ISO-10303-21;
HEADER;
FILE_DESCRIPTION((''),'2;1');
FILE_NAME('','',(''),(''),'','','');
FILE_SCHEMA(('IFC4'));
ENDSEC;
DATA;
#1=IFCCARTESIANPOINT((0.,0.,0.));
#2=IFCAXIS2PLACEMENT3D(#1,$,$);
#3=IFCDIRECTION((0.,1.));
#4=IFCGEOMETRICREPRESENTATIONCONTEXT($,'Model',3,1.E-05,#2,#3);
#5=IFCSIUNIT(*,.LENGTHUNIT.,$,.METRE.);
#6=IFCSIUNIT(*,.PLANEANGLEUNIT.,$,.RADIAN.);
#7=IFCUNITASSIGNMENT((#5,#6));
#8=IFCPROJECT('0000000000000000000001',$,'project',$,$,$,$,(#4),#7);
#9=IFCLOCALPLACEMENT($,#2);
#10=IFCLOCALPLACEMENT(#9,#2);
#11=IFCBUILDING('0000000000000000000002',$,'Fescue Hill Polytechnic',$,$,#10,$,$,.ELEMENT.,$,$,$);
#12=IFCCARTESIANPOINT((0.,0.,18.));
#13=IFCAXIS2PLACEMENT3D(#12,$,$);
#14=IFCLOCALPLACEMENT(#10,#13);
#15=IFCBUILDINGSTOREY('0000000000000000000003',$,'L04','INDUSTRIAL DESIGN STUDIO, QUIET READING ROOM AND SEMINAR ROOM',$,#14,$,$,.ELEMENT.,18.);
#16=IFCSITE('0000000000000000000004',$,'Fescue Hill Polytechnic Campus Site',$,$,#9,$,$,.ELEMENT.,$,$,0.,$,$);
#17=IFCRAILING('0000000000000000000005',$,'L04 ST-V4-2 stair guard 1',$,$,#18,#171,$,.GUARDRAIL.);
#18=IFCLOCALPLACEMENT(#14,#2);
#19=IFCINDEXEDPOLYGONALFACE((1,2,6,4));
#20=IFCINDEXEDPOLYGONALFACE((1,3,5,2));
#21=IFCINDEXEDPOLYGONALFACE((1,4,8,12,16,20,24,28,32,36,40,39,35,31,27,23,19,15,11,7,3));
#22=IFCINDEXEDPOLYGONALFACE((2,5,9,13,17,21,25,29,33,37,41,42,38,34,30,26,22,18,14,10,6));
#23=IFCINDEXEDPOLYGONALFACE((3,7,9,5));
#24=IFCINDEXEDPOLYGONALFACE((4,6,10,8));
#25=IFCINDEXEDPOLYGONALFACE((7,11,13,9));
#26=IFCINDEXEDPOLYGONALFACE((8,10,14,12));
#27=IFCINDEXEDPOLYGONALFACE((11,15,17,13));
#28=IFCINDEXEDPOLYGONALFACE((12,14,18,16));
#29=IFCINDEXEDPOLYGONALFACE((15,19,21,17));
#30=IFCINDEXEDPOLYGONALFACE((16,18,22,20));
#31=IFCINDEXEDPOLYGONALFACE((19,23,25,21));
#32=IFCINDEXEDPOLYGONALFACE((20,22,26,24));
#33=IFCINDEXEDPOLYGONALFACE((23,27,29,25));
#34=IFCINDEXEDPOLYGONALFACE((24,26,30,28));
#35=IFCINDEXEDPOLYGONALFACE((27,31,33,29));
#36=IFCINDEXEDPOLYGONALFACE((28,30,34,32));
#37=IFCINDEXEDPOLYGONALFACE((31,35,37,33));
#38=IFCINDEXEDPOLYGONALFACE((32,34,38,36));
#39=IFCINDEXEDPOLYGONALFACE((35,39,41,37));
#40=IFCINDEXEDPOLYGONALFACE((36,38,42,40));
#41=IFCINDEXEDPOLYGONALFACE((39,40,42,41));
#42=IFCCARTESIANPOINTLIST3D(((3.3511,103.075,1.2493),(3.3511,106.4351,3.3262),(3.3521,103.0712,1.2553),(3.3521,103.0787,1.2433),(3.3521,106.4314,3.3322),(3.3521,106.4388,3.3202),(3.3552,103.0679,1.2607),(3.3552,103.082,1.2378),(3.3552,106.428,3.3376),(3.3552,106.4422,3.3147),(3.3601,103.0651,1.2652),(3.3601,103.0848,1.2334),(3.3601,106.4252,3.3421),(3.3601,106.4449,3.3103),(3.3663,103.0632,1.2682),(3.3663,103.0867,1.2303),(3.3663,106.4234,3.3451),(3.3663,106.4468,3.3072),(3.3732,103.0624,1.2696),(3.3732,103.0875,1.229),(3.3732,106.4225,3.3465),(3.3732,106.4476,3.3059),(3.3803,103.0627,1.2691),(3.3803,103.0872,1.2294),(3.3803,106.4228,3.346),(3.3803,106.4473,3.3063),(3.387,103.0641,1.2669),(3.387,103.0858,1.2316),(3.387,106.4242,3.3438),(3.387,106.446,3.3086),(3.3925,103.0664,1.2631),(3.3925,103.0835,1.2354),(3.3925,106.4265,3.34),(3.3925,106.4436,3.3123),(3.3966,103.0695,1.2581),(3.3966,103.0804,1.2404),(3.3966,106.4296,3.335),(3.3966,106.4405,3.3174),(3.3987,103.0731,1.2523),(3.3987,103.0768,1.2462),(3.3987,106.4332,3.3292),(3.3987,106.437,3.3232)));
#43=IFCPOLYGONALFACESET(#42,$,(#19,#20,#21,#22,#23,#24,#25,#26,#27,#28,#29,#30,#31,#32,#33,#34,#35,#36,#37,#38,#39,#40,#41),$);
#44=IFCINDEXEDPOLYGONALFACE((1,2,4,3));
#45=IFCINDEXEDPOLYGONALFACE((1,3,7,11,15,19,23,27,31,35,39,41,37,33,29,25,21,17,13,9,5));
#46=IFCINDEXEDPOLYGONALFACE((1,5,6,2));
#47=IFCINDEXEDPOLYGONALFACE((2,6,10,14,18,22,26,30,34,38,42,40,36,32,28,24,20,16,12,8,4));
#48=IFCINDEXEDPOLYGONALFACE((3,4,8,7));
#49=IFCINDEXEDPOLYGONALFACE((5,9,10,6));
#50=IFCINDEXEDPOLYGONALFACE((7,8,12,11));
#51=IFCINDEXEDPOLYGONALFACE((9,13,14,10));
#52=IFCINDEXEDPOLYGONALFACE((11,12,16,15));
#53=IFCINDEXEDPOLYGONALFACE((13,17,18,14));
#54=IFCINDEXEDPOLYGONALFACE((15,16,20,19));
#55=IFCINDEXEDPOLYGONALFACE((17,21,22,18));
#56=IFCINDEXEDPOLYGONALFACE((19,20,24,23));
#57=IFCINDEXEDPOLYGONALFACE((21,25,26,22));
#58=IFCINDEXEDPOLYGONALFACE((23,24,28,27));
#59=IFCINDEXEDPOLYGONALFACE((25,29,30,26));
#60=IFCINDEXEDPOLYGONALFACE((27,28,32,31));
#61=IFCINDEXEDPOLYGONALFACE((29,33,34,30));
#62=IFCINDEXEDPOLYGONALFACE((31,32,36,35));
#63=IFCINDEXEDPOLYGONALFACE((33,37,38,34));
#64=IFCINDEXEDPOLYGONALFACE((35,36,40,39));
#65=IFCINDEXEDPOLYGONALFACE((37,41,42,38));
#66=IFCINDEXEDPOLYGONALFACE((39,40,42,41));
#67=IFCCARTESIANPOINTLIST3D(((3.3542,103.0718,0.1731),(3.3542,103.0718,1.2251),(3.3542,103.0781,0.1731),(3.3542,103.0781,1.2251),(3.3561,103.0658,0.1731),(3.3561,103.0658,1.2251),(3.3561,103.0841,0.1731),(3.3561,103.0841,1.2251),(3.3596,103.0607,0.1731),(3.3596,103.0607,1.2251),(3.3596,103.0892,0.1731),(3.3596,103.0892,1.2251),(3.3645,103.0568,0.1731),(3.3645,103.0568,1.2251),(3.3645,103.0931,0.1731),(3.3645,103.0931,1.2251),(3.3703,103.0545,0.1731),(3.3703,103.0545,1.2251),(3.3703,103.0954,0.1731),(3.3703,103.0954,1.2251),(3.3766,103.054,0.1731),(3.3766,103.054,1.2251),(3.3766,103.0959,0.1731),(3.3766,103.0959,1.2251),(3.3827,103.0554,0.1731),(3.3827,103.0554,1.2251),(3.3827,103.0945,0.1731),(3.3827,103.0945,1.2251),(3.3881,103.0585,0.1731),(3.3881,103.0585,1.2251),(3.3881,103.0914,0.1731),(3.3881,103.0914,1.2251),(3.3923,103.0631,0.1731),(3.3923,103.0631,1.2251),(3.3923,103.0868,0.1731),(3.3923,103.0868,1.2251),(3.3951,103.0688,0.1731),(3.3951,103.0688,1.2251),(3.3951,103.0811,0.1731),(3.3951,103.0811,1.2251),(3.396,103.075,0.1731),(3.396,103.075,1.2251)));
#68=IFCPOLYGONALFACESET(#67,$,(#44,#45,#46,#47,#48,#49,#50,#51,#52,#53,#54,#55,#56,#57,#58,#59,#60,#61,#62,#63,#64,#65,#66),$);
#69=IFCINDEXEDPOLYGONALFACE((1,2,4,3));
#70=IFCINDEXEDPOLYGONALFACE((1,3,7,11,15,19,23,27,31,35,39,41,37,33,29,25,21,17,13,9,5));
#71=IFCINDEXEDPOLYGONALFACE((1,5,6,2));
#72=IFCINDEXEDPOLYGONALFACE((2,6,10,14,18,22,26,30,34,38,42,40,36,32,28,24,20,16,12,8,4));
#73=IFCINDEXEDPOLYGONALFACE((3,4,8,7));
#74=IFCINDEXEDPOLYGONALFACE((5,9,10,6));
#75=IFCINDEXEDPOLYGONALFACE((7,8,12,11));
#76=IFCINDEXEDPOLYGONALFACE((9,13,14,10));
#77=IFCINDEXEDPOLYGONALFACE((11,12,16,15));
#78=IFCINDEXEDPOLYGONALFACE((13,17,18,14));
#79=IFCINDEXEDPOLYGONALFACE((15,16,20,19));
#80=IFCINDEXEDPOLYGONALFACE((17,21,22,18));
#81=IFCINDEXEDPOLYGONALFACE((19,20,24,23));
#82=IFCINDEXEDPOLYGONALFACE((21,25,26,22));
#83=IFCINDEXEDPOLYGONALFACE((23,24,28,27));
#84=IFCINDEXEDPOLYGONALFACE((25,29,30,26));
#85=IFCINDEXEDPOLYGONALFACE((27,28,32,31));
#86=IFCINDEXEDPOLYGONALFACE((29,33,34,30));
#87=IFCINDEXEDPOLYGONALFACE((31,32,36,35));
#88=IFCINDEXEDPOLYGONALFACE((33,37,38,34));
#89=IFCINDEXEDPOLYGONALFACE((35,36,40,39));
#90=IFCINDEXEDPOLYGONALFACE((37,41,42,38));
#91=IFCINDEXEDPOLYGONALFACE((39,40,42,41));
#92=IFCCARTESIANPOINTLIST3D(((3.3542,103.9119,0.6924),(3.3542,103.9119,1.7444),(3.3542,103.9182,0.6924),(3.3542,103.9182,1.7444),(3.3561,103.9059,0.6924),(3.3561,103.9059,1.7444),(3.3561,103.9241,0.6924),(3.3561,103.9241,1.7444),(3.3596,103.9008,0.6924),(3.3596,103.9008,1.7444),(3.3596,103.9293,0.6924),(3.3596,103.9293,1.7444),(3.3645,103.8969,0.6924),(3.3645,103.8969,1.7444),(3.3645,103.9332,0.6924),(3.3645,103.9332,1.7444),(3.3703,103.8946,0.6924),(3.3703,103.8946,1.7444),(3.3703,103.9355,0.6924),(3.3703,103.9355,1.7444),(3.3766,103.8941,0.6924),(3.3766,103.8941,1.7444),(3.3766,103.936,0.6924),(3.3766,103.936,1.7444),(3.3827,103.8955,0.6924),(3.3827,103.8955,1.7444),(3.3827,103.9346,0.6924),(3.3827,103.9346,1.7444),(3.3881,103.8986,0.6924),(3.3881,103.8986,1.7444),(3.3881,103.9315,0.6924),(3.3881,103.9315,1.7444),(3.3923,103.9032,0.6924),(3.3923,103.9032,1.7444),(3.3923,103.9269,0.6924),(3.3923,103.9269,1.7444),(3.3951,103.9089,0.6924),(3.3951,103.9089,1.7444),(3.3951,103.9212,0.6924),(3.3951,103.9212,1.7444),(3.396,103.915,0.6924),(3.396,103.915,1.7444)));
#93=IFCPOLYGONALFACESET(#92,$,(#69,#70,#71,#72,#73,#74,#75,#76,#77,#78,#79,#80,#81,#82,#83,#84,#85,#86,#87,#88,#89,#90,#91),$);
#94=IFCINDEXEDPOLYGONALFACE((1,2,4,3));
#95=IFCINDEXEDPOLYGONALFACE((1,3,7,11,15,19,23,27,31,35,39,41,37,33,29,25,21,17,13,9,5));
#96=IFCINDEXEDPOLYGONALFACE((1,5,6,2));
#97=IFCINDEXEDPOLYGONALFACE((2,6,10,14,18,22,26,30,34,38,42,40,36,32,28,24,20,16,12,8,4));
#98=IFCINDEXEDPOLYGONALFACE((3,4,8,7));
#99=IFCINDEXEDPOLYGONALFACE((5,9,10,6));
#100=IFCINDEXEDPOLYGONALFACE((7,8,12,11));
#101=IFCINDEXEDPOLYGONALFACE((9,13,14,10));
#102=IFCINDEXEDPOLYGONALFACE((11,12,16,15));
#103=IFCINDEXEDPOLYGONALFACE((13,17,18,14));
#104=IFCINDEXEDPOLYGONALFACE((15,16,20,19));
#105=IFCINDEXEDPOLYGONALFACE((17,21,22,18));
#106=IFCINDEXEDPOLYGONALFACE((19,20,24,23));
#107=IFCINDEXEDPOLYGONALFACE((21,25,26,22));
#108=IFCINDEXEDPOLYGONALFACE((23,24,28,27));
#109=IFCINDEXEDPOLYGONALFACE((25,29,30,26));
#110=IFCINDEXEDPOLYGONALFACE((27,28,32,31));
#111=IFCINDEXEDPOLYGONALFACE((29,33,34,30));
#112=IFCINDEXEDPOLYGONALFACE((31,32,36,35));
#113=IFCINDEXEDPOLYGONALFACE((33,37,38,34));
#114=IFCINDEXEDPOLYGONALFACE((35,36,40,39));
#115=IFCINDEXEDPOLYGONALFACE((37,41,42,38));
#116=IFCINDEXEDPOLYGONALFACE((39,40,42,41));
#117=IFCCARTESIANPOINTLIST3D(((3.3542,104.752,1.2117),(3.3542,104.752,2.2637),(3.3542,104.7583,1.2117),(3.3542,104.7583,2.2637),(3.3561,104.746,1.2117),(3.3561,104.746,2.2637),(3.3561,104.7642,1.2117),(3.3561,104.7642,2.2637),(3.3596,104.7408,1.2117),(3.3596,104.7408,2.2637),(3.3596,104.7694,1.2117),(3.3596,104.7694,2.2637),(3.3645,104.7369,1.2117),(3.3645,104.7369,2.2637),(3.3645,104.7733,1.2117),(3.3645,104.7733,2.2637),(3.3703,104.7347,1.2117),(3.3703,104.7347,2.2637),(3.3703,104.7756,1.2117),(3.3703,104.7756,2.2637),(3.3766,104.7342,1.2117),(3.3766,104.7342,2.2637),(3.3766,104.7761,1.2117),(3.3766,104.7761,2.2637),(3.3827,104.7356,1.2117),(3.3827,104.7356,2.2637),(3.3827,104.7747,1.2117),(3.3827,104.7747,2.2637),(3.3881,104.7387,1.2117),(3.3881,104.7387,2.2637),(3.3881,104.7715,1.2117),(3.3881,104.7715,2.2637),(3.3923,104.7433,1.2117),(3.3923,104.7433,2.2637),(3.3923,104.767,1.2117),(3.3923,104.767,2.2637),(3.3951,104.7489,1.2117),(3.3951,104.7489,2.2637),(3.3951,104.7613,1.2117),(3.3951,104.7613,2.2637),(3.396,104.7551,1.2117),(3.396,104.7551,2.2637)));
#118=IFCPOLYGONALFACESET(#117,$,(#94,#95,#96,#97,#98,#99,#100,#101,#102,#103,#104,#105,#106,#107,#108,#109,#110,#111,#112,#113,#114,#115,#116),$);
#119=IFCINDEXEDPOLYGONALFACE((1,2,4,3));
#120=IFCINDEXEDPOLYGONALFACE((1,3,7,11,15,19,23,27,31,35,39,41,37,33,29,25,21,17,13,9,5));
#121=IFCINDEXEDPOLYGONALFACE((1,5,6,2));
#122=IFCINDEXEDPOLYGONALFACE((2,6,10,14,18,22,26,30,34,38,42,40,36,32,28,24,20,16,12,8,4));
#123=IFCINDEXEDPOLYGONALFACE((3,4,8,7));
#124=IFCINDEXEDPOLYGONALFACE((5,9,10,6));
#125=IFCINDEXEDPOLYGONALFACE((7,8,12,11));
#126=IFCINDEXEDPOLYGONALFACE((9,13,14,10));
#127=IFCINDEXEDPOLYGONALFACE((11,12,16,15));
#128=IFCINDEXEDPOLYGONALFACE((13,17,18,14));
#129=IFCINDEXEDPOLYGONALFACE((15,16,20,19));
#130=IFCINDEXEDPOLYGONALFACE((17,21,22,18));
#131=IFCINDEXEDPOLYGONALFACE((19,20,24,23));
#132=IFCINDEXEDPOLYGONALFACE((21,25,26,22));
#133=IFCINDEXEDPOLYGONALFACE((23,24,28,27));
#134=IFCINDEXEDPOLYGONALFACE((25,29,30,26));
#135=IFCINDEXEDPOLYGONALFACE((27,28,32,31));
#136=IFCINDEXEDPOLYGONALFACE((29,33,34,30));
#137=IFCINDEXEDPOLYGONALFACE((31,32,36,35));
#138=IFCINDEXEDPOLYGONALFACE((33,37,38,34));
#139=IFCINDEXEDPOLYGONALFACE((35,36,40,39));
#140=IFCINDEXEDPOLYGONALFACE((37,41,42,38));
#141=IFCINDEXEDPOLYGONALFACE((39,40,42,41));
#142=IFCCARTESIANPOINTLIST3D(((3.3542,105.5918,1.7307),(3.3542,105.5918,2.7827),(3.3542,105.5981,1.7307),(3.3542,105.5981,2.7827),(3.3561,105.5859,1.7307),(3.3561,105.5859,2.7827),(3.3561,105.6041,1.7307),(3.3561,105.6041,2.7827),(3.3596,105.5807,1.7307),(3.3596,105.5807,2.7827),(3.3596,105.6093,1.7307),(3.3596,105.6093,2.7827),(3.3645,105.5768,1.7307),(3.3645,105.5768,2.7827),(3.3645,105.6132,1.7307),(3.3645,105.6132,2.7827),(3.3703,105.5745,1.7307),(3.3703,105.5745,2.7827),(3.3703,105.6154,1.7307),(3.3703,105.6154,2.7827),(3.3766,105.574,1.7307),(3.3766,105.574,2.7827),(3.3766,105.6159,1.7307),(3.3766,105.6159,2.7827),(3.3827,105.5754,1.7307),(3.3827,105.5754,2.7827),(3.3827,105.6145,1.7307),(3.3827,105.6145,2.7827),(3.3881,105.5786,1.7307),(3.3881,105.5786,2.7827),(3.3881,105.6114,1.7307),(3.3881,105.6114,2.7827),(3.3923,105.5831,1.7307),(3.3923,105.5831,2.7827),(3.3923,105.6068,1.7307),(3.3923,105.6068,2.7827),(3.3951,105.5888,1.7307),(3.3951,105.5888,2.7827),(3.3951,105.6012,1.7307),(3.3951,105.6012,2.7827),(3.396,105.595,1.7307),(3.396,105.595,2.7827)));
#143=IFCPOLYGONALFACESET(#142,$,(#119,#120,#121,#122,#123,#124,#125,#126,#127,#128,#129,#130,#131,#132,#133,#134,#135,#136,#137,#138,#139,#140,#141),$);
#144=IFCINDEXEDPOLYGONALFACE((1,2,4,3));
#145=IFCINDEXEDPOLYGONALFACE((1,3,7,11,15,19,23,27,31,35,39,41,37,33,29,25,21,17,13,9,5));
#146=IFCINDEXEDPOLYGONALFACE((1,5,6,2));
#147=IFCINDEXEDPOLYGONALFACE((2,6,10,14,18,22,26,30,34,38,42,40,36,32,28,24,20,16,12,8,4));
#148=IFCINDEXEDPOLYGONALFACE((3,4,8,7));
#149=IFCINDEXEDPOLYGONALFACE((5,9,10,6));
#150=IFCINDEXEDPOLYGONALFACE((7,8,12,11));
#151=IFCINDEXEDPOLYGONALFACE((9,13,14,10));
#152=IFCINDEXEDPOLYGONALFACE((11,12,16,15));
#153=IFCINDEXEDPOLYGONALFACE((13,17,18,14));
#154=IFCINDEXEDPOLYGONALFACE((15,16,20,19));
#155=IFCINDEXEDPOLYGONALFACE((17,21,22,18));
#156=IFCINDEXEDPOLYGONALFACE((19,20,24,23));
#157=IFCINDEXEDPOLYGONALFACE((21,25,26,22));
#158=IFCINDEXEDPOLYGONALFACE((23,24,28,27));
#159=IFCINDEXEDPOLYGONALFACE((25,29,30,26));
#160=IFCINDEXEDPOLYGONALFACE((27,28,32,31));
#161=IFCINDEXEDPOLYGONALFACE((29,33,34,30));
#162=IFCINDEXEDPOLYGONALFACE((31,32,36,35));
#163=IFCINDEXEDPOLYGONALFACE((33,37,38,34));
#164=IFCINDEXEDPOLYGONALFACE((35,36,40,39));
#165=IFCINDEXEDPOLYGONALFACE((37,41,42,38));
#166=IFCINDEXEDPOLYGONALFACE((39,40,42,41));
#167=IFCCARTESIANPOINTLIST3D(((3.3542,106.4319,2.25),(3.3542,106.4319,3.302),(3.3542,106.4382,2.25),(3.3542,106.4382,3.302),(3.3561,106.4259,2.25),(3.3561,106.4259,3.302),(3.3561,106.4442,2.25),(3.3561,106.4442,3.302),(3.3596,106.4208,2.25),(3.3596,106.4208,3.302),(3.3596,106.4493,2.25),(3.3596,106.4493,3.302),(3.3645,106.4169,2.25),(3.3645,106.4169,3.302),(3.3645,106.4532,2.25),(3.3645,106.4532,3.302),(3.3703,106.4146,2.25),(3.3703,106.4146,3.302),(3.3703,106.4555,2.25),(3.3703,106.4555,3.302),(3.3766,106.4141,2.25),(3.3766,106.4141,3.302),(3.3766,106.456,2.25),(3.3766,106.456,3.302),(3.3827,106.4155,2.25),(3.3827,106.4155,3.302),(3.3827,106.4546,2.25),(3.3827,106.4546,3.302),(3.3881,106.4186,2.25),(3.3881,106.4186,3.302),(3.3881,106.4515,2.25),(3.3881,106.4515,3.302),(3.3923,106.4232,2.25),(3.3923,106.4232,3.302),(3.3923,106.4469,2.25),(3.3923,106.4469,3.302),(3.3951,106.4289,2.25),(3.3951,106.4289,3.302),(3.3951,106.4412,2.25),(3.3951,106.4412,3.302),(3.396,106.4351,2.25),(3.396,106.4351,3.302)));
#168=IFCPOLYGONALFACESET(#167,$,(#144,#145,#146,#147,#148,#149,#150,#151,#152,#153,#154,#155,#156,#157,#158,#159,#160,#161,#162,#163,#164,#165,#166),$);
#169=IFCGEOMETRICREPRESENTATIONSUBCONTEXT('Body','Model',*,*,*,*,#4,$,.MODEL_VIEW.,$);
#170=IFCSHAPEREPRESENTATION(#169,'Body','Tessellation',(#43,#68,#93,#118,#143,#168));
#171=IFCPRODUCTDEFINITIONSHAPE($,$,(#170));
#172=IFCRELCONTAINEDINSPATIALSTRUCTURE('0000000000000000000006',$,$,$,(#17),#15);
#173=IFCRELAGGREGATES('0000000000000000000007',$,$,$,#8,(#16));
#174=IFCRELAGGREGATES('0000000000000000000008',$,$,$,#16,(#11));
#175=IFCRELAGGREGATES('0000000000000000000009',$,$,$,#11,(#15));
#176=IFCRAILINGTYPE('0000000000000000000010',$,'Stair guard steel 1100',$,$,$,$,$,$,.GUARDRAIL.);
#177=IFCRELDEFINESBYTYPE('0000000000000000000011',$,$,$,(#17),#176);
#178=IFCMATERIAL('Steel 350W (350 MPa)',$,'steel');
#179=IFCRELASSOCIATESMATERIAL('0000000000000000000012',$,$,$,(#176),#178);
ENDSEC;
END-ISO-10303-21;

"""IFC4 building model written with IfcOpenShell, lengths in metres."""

from ifc_helpers import new_model, si_unit, direction, frame, origin, origin_2d, place, context, subcontext, project, spatial, circle, extrude, material, type_object, element, save


model = new_model("IFC4")

# Units and contexts
model_context = context("Model", 3, precision=1e-05, world=origin(), true_north=direction((0.0, 1.0)))
body_context = subcontext(model_context, "Body", "Model", "MODEL_VIEW")
ifc_project = project(units=[si_unit("LENGTHUNIT", "METRE"), si_unit("PLANEANGLEUNIT", "RADIAN")], contexts=[model_context])

# Site, building, storey
site_placement = place(None, origin())
site = spatial("IfcSite", under=ifc_project, at=site_placement, Name="Fescue Hill Polytechnic Campus Site", CompositionType="ELEMENT", RefElevation=0.0)
building_placement = place(site_placement, origin())
building = spatial("IfcBuilding", under=site, at=building_placement, Name="Fescue Hill Polytechnic", CompositionType="ELEMENT")
storey_placement = place(building_placement, frame((0.0, 0.0, 18.0)))
storey = spatial("IfcBuildingStorey", under=building, at=storey_placement, Name="L04", Description="INDUSTRIAL DESIGN STUDIO, QUIET READING ROOM AND SEMINAR ROOM", CompositionType="ELEMENT", Elevation=18.0)

# Railing
ifc_material_1 = material(Name="Steel 350W (350 MPa)", Category="steel")
railing_type_1 = type_object("IfcRailingType", Name="Stair guard steel 1100", PredefinedType="GUARDRAIL", material=ifc_material_1)
railing_1_placement = place(storey_placement, frame((3.375, 103.075, 0.1731)))
element("IfcRailing", 1, at=railing_1_placement, inside=storey, type_object=railing_type_1, Name="L04 ST-V4-2 stair guard 1", PredefinedType="GUARDRAIL", context=body_context, shape_type="SweptSolid", body=[
    extrude(circle(Radius=0.0239, at=origin_2d()), frame((0.0, 0.0, 1.0762), z_axis=(0.0, 0.850623, 0.525776), x_axis=(-1.0, 0.0, 0.0)), (0.0, 0.0, 1.0), 3.9502),
    extrude(circle(Radius=0.021, at=origin_2d()), origin(), (0.0, 0.0, 1.0), 1.052),
    extrude(circle(Radius=0.021, at=origin_2d()), frame((0.0, 0.8401, 0.5193)), (0.0, 0.0, 1.0), 1.052),
    extrude(circle(Radius=0.021, at=origin_2d()), frame((0.0, 1.6802, 1.0386)), (0.0, 0.0, 1.0), 1.052),
    extrude(circle(Radius=0.021, at=origin_2d()), frame((0.0, 2.52, 1.5576)), (0.0, 0.0, 1.0), 1.052),
    extrude(circle(Radius=0.021, at=origin_2d()), frame((0.0, 3.3601, 2.0769)), (0.0, 0.0, 1.0), 1.052),
])

save(model, "model.ifc")
